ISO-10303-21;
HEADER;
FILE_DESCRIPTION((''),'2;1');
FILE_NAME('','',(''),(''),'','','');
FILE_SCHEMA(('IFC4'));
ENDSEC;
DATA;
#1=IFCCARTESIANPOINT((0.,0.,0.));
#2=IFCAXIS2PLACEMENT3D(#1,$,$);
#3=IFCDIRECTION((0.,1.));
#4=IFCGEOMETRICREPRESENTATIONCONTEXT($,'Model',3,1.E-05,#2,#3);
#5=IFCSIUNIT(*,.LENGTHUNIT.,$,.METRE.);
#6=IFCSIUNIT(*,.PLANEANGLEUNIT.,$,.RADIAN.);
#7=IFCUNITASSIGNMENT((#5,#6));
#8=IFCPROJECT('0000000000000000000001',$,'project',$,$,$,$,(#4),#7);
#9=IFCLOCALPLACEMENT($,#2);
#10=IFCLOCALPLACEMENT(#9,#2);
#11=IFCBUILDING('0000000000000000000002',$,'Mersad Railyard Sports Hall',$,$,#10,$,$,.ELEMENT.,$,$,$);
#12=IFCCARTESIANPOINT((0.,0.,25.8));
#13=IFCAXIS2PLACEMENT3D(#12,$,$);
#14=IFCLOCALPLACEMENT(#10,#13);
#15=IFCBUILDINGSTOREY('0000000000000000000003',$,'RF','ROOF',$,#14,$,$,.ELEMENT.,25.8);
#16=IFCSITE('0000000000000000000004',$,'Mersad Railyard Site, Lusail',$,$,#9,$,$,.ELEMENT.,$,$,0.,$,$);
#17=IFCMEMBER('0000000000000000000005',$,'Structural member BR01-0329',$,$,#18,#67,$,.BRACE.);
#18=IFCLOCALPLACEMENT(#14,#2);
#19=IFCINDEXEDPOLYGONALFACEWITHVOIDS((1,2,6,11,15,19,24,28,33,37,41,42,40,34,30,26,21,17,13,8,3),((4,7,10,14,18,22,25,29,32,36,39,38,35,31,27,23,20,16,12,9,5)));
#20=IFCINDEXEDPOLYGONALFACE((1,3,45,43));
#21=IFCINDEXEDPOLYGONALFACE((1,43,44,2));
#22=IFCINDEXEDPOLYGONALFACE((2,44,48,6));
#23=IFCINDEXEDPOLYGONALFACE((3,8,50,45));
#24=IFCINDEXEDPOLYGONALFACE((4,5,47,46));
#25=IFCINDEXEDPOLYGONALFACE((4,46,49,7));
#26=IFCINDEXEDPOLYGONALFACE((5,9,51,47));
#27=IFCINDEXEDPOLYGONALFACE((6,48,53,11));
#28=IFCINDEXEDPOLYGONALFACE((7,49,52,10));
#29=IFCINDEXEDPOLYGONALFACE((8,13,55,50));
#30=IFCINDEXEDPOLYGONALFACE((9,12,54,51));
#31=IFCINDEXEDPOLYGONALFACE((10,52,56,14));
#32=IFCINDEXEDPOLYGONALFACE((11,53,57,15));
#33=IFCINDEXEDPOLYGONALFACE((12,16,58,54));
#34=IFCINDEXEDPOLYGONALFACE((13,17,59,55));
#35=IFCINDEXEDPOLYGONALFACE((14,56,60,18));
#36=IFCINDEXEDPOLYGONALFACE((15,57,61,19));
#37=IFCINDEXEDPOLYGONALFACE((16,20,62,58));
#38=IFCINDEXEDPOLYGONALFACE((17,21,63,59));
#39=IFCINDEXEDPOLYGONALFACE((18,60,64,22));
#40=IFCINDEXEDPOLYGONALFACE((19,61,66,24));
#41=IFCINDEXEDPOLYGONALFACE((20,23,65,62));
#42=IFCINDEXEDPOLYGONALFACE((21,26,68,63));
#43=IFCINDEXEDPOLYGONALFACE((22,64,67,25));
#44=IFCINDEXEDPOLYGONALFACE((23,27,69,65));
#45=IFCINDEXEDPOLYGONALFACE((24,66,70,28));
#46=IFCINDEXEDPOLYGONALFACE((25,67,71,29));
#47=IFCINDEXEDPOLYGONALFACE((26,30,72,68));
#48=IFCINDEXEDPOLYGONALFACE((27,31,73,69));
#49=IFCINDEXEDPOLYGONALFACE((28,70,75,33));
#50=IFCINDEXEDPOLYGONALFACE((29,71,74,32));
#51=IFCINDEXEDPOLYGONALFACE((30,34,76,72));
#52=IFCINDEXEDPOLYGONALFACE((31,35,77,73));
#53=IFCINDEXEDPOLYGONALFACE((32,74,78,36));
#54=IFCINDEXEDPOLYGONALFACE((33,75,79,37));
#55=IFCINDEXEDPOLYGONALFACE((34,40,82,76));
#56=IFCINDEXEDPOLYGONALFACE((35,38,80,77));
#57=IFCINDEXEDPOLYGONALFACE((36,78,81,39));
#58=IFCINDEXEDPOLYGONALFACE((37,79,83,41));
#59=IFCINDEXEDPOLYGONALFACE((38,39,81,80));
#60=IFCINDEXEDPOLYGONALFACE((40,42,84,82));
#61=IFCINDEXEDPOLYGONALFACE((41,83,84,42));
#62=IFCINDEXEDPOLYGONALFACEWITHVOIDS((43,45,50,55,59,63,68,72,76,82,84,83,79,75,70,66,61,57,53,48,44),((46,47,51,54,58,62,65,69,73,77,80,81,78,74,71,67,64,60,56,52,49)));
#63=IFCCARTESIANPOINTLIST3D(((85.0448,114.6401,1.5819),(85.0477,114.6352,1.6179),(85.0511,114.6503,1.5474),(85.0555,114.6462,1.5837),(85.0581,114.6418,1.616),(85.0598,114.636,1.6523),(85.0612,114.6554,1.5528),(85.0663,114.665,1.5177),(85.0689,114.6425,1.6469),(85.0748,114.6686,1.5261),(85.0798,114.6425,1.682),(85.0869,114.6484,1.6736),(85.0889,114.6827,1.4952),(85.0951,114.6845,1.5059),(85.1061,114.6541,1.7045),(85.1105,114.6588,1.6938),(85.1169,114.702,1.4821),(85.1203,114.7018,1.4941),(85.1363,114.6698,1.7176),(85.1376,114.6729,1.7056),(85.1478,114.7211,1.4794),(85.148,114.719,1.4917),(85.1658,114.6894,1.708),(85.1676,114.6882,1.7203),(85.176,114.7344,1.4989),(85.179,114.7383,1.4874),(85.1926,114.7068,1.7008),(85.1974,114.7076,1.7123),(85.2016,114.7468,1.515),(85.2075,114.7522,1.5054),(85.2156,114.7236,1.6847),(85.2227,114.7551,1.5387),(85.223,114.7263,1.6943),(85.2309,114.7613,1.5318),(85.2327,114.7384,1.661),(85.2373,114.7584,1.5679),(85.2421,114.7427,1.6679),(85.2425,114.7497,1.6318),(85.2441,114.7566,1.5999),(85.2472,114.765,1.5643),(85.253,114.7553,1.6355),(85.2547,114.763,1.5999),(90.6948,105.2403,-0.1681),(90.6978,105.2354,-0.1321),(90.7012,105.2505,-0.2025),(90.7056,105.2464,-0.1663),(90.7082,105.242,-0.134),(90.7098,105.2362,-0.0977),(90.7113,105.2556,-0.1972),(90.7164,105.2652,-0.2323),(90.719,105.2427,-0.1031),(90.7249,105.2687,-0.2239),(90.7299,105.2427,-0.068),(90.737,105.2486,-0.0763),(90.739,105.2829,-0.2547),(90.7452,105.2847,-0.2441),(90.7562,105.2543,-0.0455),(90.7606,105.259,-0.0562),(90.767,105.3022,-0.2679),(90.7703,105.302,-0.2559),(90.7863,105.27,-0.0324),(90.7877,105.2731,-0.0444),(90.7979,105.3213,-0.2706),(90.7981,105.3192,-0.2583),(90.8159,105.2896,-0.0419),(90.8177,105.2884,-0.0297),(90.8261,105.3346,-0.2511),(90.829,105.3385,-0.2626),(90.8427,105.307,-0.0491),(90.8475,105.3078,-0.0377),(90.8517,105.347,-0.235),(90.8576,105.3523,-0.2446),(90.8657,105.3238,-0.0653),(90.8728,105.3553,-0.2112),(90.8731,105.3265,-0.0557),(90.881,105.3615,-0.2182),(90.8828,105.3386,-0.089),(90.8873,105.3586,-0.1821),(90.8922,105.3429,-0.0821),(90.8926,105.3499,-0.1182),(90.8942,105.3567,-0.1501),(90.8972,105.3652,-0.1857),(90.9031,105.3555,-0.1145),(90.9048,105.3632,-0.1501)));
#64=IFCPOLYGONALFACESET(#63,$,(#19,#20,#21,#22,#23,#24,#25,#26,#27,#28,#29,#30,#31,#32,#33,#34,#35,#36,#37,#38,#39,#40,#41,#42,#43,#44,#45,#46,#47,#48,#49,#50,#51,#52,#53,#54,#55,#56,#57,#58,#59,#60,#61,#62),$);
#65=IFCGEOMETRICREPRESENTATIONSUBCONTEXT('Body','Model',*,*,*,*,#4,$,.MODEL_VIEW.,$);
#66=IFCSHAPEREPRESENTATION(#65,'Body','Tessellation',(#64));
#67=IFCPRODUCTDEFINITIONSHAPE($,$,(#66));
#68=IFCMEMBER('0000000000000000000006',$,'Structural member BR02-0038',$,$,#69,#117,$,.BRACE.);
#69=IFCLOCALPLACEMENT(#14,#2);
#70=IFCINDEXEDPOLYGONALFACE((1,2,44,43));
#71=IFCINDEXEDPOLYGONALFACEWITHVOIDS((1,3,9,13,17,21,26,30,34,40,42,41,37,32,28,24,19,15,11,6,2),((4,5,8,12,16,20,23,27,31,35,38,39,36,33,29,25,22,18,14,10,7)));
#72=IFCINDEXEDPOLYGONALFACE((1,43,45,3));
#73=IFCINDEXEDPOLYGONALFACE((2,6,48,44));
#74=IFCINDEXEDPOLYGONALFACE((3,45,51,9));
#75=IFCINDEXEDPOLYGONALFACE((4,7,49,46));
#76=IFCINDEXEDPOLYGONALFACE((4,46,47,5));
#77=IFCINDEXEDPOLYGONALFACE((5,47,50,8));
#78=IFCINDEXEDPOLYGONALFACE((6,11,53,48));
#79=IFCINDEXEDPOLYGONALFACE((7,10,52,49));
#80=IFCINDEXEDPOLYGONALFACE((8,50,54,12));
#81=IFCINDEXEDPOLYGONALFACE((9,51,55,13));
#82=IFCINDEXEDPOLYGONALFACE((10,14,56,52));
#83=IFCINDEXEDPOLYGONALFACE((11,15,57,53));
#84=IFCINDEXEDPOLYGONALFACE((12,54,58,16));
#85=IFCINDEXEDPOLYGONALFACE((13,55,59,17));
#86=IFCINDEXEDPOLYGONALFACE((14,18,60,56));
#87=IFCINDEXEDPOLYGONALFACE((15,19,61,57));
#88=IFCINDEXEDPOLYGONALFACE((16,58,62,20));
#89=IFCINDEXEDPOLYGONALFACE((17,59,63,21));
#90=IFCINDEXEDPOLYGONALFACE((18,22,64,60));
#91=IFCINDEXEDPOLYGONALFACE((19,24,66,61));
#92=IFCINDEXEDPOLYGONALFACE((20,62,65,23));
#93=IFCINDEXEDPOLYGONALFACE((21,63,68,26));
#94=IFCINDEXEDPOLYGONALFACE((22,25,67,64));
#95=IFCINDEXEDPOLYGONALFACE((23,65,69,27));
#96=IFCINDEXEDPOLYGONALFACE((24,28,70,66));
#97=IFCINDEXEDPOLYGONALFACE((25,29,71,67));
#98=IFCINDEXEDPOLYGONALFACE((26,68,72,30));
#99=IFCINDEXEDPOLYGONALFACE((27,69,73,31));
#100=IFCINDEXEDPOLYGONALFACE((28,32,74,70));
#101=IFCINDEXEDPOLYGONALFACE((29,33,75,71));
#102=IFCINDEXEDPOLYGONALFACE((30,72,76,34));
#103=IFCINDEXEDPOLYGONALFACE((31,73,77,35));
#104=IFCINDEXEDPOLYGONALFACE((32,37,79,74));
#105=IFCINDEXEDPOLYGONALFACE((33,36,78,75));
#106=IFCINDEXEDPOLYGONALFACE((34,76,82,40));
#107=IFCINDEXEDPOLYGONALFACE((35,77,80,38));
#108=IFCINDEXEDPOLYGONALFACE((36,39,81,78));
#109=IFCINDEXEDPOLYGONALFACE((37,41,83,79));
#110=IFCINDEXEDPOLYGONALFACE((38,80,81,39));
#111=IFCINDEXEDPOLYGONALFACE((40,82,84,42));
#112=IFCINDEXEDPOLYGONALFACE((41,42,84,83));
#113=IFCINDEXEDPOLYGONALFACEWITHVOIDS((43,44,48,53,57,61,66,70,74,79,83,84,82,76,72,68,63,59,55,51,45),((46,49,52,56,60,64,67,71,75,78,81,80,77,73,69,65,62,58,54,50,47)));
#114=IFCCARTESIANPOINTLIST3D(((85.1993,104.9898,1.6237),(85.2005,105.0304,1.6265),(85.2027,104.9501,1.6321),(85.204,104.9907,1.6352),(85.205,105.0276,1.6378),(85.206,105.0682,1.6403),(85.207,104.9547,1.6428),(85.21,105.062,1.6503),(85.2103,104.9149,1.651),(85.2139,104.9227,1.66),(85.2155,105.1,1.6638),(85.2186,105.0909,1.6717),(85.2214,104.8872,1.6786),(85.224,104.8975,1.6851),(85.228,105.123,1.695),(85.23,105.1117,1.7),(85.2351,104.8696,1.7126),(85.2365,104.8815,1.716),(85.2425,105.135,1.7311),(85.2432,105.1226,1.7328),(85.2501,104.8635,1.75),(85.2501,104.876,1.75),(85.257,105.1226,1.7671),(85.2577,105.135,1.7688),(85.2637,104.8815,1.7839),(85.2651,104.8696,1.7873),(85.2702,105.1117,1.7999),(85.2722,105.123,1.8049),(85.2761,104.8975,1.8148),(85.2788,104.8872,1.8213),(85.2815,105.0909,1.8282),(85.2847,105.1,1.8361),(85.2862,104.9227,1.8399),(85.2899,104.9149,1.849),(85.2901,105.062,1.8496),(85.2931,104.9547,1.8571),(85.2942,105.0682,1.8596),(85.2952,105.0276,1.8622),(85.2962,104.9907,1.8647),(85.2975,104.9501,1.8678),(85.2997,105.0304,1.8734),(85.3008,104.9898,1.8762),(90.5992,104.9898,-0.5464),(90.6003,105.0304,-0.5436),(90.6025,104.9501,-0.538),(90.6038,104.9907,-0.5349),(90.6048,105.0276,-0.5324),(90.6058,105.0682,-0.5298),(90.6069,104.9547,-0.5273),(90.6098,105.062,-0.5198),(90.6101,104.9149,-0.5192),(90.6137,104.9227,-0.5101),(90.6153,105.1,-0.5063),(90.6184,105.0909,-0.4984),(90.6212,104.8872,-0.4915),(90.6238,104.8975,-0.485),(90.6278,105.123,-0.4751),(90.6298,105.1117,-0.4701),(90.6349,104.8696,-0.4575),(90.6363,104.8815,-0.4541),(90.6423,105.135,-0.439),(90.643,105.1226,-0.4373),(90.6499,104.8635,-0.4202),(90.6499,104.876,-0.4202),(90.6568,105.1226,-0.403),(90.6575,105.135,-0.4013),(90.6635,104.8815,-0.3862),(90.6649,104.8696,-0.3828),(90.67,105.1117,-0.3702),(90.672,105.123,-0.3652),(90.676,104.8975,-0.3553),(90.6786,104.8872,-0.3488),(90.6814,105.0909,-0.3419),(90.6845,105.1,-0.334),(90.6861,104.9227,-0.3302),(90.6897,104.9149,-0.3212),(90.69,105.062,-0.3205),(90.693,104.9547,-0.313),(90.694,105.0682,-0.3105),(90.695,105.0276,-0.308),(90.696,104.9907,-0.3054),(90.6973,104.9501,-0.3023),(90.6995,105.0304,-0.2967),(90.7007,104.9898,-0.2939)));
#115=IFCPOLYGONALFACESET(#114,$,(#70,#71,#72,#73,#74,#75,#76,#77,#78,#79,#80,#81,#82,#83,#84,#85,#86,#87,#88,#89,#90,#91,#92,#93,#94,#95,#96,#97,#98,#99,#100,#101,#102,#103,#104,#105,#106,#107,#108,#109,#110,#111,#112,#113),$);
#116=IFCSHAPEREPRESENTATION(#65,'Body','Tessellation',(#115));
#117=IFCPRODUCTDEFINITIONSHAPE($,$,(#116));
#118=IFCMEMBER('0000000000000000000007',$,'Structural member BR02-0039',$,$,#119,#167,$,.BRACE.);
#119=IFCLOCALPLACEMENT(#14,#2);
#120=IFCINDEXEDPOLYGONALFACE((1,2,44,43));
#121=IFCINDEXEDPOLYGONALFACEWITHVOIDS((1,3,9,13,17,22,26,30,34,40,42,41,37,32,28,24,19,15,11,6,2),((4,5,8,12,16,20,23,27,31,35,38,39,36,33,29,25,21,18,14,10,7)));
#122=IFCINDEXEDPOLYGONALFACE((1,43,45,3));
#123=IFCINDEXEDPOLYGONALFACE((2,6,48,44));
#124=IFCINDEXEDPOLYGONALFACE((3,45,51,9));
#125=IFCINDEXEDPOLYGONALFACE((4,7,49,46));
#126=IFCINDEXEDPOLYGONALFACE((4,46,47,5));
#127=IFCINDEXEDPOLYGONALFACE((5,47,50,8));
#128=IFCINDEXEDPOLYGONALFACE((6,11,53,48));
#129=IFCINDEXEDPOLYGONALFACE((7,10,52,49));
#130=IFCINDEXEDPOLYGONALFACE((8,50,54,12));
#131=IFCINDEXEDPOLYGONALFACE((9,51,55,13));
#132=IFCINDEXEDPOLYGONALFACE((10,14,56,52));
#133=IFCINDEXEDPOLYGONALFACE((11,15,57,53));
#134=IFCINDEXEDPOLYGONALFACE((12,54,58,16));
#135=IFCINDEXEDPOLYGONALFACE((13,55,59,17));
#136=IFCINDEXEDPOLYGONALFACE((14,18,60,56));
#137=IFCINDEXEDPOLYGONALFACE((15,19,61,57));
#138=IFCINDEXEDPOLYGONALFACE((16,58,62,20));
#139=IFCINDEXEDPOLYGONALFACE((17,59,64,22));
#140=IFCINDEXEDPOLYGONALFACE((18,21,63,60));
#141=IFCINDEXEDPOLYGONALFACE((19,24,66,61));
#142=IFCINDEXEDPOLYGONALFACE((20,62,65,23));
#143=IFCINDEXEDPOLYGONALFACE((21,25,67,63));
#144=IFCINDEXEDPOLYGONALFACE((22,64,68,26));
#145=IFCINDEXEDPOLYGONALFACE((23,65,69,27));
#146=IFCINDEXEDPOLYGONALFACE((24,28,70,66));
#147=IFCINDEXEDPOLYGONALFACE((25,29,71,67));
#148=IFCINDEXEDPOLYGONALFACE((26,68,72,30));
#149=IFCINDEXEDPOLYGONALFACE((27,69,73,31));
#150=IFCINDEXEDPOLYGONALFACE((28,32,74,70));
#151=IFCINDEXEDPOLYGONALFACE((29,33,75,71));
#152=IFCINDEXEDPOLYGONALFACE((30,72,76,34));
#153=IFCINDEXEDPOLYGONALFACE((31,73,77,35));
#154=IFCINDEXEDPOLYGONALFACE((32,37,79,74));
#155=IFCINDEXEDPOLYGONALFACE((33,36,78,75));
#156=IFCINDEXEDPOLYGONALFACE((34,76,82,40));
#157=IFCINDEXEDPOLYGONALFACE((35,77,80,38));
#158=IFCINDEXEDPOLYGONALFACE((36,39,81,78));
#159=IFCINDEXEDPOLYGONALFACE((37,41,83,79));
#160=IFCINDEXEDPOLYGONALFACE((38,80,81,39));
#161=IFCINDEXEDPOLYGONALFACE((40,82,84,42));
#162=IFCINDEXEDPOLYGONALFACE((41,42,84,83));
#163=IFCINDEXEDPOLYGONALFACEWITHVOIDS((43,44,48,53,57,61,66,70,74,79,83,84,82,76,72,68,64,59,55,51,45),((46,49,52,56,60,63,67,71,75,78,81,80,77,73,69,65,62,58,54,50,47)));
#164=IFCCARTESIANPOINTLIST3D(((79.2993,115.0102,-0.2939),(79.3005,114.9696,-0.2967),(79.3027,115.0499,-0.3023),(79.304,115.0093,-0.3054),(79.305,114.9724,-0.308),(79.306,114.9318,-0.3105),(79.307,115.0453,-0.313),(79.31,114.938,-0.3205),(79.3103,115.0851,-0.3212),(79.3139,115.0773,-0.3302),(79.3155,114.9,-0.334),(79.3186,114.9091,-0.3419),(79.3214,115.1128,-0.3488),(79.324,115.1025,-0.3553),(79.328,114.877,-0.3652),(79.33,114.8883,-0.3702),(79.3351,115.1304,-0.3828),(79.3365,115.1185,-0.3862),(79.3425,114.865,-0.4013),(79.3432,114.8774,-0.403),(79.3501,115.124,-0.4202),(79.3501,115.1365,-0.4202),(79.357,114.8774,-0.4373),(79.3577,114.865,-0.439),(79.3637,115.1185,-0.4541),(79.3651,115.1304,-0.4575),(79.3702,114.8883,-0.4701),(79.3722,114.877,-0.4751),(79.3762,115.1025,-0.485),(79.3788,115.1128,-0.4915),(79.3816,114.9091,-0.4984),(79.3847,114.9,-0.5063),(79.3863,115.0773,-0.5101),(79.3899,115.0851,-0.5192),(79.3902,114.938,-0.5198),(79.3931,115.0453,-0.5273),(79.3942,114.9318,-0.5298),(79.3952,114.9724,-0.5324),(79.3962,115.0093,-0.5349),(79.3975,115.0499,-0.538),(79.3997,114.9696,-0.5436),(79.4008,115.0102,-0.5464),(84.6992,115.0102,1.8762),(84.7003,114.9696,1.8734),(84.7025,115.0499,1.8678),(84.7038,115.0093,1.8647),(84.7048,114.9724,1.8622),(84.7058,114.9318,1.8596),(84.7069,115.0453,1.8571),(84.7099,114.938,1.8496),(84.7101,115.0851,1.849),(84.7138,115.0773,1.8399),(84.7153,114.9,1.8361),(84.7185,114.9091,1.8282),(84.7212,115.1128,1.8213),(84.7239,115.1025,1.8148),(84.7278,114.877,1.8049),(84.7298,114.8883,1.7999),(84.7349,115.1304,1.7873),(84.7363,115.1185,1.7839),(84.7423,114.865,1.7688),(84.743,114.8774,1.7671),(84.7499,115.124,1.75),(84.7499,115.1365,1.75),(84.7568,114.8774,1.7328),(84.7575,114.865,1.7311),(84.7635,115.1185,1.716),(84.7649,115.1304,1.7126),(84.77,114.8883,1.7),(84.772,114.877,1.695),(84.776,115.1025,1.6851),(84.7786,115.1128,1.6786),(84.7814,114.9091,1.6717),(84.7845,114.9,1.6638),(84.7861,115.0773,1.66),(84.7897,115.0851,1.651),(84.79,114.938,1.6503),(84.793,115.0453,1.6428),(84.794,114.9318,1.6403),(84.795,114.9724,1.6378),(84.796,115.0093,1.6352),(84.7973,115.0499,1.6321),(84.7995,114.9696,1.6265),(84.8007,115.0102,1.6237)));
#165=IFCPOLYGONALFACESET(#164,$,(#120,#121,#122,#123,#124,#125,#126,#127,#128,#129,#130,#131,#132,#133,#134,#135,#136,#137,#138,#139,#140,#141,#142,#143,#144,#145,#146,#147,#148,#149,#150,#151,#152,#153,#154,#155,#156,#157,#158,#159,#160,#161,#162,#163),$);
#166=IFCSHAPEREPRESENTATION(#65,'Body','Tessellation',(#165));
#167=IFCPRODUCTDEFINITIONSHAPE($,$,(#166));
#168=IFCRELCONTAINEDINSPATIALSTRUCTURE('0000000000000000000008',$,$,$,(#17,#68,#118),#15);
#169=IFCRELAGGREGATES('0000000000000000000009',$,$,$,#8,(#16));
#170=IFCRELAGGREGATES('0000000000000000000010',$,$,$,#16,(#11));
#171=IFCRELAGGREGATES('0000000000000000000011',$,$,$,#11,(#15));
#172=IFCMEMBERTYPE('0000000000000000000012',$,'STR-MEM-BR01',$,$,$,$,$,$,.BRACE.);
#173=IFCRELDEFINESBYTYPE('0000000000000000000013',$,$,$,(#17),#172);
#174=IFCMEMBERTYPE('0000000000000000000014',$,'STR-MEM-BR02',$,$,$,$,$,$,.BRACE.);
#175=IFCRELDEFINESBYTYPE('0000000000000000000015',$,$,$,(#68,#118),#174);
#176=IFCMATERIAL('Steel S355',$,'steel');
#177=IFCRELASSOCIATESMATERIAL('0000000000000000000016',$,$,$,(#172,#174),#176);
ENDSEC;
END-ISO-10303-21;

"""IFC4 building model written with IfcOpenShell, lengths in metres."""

from ifc_helpers import new_model, si_unit, direction, frame, origin, origin_2d, place, context, subcontext, project, spatial, hollow_circle, extrude, material, material_profile, profile_set, type_object, element, save


model = new_model("IFC4")

# Units and contexts
model_context = context("Model", 3, precision=1e-05, world=origin(), true_north=direction((0.0, 1.0)))
body_context = subcontext(model_context, "Body", "Model", "MODEL_VIEW")
ifc_project = project(units=[si_unit("LENGTHUNIT", "METRE"), si_unit("PLANEANGLEUNIT", "RADIAN")], contexts=[model_context])

# Site, building, storey
site_placement = place(None, origin())
site = spatial("IfcSite", under=ifc_project, at=site_placement, Name="Mersad Railyard Site, Lusail", CompositionType="ELEMENT", RefElevation=0.0)
building_placement = place(site_placement, origin())
building = spatial("IfcBuilding", under=site, at=building_placement, Name="Mersad Railyard Sports Hall", CompositionType="ELEMENT")
storey_placement = place(building_placement, frame((0.0, 0.0, 25.8)))
storey = spatial("IfcBuildingStorey", under=building, at=storey_placement, Name="RF", Description="ROOF", CompositionType="ELEMENT", Elevation=25.8)

# Shared definitions
ifc_material_1 = material(Name="Steel S355", Category="steel")

# Members
ifc_material_profile_1 = material_profile(ifc_material_1, hollow_circle(Radius=0.1223, WallThickness=0.0125, at=origin_2d()), Name="CHS 244.5x12.5")
ifc_profile_set_1 = profile_set([ifc_material_profile_1], Name="Steel S355")
member_type_1 = type_object("IfcMemberType", Name="STR-MEM-BR01", PredefinedType="BRACE", material=ifc_profile_set_1)
member_placement = place(storey_placement, frame((85.1499, 114.7, 1.5999), z_axis=(0.508744, -0.846375, -0.157571), x_axis=(0.857082, 0.51518, 0.0)))
element("IfcMember", 1, at=member_placement, inside=storey, type_object=member_type_1, Name="Structural member BR01-0329", PredefinedType="BRACE", context=body_context, shape_type="SweptSolid", body=[
    extrude(hollow_circle(Radius=0.1223, WallThickness=0.0125, at=origin_2d()), origin(), (0.0, 0.0, 1.0), 11.106),
])
ifc_material_profile_2 = material_profile(ifc_material_1, hollow_circle(Radius=0.1365, WallThickness=0.0125, at=origin_2d()), Name="CHS 273x12.5")
ifc_profile_set_2 = profile_set([ifc_material_profile_2], Name="Steel S355")
member_type_2 = type_object("IfcMemberType", Name="STR-MEM-BR02", PredefinedType="BRACE", material=ifc_profile_set_2)
for number, where, z_axis, x_axis, name in (
    (2, (90.6499, 105.0, -0.4202), (-0.927871, 0.0, 0.372902), (0.0, -1.0, 0.0), "Structural member BR02-0038"),
    (3, (79.3501, 115.0, -0.4202), (0.927871, 0.0, 0.372902), (0.0, 1.0, 0.0), "Structural member BR02-0039"),
):
    element("IfcMember", number, at=place(storey_placement, frame(where, z_axis=z_axis, x_axis=x_axis)), inside=storey, type_object=member_type_2, Name=name, PredefinedType="BRACE", context=body_context, shape_type="SweptSolid", body=[
        extrude(hollow_circle(Radius=0.1365, WallThickness=0.0125, at=origin_2d()), origin(), (0.0, 0.0, 1.0), 5.8196),
    ])

save(model, "model.ifc")
